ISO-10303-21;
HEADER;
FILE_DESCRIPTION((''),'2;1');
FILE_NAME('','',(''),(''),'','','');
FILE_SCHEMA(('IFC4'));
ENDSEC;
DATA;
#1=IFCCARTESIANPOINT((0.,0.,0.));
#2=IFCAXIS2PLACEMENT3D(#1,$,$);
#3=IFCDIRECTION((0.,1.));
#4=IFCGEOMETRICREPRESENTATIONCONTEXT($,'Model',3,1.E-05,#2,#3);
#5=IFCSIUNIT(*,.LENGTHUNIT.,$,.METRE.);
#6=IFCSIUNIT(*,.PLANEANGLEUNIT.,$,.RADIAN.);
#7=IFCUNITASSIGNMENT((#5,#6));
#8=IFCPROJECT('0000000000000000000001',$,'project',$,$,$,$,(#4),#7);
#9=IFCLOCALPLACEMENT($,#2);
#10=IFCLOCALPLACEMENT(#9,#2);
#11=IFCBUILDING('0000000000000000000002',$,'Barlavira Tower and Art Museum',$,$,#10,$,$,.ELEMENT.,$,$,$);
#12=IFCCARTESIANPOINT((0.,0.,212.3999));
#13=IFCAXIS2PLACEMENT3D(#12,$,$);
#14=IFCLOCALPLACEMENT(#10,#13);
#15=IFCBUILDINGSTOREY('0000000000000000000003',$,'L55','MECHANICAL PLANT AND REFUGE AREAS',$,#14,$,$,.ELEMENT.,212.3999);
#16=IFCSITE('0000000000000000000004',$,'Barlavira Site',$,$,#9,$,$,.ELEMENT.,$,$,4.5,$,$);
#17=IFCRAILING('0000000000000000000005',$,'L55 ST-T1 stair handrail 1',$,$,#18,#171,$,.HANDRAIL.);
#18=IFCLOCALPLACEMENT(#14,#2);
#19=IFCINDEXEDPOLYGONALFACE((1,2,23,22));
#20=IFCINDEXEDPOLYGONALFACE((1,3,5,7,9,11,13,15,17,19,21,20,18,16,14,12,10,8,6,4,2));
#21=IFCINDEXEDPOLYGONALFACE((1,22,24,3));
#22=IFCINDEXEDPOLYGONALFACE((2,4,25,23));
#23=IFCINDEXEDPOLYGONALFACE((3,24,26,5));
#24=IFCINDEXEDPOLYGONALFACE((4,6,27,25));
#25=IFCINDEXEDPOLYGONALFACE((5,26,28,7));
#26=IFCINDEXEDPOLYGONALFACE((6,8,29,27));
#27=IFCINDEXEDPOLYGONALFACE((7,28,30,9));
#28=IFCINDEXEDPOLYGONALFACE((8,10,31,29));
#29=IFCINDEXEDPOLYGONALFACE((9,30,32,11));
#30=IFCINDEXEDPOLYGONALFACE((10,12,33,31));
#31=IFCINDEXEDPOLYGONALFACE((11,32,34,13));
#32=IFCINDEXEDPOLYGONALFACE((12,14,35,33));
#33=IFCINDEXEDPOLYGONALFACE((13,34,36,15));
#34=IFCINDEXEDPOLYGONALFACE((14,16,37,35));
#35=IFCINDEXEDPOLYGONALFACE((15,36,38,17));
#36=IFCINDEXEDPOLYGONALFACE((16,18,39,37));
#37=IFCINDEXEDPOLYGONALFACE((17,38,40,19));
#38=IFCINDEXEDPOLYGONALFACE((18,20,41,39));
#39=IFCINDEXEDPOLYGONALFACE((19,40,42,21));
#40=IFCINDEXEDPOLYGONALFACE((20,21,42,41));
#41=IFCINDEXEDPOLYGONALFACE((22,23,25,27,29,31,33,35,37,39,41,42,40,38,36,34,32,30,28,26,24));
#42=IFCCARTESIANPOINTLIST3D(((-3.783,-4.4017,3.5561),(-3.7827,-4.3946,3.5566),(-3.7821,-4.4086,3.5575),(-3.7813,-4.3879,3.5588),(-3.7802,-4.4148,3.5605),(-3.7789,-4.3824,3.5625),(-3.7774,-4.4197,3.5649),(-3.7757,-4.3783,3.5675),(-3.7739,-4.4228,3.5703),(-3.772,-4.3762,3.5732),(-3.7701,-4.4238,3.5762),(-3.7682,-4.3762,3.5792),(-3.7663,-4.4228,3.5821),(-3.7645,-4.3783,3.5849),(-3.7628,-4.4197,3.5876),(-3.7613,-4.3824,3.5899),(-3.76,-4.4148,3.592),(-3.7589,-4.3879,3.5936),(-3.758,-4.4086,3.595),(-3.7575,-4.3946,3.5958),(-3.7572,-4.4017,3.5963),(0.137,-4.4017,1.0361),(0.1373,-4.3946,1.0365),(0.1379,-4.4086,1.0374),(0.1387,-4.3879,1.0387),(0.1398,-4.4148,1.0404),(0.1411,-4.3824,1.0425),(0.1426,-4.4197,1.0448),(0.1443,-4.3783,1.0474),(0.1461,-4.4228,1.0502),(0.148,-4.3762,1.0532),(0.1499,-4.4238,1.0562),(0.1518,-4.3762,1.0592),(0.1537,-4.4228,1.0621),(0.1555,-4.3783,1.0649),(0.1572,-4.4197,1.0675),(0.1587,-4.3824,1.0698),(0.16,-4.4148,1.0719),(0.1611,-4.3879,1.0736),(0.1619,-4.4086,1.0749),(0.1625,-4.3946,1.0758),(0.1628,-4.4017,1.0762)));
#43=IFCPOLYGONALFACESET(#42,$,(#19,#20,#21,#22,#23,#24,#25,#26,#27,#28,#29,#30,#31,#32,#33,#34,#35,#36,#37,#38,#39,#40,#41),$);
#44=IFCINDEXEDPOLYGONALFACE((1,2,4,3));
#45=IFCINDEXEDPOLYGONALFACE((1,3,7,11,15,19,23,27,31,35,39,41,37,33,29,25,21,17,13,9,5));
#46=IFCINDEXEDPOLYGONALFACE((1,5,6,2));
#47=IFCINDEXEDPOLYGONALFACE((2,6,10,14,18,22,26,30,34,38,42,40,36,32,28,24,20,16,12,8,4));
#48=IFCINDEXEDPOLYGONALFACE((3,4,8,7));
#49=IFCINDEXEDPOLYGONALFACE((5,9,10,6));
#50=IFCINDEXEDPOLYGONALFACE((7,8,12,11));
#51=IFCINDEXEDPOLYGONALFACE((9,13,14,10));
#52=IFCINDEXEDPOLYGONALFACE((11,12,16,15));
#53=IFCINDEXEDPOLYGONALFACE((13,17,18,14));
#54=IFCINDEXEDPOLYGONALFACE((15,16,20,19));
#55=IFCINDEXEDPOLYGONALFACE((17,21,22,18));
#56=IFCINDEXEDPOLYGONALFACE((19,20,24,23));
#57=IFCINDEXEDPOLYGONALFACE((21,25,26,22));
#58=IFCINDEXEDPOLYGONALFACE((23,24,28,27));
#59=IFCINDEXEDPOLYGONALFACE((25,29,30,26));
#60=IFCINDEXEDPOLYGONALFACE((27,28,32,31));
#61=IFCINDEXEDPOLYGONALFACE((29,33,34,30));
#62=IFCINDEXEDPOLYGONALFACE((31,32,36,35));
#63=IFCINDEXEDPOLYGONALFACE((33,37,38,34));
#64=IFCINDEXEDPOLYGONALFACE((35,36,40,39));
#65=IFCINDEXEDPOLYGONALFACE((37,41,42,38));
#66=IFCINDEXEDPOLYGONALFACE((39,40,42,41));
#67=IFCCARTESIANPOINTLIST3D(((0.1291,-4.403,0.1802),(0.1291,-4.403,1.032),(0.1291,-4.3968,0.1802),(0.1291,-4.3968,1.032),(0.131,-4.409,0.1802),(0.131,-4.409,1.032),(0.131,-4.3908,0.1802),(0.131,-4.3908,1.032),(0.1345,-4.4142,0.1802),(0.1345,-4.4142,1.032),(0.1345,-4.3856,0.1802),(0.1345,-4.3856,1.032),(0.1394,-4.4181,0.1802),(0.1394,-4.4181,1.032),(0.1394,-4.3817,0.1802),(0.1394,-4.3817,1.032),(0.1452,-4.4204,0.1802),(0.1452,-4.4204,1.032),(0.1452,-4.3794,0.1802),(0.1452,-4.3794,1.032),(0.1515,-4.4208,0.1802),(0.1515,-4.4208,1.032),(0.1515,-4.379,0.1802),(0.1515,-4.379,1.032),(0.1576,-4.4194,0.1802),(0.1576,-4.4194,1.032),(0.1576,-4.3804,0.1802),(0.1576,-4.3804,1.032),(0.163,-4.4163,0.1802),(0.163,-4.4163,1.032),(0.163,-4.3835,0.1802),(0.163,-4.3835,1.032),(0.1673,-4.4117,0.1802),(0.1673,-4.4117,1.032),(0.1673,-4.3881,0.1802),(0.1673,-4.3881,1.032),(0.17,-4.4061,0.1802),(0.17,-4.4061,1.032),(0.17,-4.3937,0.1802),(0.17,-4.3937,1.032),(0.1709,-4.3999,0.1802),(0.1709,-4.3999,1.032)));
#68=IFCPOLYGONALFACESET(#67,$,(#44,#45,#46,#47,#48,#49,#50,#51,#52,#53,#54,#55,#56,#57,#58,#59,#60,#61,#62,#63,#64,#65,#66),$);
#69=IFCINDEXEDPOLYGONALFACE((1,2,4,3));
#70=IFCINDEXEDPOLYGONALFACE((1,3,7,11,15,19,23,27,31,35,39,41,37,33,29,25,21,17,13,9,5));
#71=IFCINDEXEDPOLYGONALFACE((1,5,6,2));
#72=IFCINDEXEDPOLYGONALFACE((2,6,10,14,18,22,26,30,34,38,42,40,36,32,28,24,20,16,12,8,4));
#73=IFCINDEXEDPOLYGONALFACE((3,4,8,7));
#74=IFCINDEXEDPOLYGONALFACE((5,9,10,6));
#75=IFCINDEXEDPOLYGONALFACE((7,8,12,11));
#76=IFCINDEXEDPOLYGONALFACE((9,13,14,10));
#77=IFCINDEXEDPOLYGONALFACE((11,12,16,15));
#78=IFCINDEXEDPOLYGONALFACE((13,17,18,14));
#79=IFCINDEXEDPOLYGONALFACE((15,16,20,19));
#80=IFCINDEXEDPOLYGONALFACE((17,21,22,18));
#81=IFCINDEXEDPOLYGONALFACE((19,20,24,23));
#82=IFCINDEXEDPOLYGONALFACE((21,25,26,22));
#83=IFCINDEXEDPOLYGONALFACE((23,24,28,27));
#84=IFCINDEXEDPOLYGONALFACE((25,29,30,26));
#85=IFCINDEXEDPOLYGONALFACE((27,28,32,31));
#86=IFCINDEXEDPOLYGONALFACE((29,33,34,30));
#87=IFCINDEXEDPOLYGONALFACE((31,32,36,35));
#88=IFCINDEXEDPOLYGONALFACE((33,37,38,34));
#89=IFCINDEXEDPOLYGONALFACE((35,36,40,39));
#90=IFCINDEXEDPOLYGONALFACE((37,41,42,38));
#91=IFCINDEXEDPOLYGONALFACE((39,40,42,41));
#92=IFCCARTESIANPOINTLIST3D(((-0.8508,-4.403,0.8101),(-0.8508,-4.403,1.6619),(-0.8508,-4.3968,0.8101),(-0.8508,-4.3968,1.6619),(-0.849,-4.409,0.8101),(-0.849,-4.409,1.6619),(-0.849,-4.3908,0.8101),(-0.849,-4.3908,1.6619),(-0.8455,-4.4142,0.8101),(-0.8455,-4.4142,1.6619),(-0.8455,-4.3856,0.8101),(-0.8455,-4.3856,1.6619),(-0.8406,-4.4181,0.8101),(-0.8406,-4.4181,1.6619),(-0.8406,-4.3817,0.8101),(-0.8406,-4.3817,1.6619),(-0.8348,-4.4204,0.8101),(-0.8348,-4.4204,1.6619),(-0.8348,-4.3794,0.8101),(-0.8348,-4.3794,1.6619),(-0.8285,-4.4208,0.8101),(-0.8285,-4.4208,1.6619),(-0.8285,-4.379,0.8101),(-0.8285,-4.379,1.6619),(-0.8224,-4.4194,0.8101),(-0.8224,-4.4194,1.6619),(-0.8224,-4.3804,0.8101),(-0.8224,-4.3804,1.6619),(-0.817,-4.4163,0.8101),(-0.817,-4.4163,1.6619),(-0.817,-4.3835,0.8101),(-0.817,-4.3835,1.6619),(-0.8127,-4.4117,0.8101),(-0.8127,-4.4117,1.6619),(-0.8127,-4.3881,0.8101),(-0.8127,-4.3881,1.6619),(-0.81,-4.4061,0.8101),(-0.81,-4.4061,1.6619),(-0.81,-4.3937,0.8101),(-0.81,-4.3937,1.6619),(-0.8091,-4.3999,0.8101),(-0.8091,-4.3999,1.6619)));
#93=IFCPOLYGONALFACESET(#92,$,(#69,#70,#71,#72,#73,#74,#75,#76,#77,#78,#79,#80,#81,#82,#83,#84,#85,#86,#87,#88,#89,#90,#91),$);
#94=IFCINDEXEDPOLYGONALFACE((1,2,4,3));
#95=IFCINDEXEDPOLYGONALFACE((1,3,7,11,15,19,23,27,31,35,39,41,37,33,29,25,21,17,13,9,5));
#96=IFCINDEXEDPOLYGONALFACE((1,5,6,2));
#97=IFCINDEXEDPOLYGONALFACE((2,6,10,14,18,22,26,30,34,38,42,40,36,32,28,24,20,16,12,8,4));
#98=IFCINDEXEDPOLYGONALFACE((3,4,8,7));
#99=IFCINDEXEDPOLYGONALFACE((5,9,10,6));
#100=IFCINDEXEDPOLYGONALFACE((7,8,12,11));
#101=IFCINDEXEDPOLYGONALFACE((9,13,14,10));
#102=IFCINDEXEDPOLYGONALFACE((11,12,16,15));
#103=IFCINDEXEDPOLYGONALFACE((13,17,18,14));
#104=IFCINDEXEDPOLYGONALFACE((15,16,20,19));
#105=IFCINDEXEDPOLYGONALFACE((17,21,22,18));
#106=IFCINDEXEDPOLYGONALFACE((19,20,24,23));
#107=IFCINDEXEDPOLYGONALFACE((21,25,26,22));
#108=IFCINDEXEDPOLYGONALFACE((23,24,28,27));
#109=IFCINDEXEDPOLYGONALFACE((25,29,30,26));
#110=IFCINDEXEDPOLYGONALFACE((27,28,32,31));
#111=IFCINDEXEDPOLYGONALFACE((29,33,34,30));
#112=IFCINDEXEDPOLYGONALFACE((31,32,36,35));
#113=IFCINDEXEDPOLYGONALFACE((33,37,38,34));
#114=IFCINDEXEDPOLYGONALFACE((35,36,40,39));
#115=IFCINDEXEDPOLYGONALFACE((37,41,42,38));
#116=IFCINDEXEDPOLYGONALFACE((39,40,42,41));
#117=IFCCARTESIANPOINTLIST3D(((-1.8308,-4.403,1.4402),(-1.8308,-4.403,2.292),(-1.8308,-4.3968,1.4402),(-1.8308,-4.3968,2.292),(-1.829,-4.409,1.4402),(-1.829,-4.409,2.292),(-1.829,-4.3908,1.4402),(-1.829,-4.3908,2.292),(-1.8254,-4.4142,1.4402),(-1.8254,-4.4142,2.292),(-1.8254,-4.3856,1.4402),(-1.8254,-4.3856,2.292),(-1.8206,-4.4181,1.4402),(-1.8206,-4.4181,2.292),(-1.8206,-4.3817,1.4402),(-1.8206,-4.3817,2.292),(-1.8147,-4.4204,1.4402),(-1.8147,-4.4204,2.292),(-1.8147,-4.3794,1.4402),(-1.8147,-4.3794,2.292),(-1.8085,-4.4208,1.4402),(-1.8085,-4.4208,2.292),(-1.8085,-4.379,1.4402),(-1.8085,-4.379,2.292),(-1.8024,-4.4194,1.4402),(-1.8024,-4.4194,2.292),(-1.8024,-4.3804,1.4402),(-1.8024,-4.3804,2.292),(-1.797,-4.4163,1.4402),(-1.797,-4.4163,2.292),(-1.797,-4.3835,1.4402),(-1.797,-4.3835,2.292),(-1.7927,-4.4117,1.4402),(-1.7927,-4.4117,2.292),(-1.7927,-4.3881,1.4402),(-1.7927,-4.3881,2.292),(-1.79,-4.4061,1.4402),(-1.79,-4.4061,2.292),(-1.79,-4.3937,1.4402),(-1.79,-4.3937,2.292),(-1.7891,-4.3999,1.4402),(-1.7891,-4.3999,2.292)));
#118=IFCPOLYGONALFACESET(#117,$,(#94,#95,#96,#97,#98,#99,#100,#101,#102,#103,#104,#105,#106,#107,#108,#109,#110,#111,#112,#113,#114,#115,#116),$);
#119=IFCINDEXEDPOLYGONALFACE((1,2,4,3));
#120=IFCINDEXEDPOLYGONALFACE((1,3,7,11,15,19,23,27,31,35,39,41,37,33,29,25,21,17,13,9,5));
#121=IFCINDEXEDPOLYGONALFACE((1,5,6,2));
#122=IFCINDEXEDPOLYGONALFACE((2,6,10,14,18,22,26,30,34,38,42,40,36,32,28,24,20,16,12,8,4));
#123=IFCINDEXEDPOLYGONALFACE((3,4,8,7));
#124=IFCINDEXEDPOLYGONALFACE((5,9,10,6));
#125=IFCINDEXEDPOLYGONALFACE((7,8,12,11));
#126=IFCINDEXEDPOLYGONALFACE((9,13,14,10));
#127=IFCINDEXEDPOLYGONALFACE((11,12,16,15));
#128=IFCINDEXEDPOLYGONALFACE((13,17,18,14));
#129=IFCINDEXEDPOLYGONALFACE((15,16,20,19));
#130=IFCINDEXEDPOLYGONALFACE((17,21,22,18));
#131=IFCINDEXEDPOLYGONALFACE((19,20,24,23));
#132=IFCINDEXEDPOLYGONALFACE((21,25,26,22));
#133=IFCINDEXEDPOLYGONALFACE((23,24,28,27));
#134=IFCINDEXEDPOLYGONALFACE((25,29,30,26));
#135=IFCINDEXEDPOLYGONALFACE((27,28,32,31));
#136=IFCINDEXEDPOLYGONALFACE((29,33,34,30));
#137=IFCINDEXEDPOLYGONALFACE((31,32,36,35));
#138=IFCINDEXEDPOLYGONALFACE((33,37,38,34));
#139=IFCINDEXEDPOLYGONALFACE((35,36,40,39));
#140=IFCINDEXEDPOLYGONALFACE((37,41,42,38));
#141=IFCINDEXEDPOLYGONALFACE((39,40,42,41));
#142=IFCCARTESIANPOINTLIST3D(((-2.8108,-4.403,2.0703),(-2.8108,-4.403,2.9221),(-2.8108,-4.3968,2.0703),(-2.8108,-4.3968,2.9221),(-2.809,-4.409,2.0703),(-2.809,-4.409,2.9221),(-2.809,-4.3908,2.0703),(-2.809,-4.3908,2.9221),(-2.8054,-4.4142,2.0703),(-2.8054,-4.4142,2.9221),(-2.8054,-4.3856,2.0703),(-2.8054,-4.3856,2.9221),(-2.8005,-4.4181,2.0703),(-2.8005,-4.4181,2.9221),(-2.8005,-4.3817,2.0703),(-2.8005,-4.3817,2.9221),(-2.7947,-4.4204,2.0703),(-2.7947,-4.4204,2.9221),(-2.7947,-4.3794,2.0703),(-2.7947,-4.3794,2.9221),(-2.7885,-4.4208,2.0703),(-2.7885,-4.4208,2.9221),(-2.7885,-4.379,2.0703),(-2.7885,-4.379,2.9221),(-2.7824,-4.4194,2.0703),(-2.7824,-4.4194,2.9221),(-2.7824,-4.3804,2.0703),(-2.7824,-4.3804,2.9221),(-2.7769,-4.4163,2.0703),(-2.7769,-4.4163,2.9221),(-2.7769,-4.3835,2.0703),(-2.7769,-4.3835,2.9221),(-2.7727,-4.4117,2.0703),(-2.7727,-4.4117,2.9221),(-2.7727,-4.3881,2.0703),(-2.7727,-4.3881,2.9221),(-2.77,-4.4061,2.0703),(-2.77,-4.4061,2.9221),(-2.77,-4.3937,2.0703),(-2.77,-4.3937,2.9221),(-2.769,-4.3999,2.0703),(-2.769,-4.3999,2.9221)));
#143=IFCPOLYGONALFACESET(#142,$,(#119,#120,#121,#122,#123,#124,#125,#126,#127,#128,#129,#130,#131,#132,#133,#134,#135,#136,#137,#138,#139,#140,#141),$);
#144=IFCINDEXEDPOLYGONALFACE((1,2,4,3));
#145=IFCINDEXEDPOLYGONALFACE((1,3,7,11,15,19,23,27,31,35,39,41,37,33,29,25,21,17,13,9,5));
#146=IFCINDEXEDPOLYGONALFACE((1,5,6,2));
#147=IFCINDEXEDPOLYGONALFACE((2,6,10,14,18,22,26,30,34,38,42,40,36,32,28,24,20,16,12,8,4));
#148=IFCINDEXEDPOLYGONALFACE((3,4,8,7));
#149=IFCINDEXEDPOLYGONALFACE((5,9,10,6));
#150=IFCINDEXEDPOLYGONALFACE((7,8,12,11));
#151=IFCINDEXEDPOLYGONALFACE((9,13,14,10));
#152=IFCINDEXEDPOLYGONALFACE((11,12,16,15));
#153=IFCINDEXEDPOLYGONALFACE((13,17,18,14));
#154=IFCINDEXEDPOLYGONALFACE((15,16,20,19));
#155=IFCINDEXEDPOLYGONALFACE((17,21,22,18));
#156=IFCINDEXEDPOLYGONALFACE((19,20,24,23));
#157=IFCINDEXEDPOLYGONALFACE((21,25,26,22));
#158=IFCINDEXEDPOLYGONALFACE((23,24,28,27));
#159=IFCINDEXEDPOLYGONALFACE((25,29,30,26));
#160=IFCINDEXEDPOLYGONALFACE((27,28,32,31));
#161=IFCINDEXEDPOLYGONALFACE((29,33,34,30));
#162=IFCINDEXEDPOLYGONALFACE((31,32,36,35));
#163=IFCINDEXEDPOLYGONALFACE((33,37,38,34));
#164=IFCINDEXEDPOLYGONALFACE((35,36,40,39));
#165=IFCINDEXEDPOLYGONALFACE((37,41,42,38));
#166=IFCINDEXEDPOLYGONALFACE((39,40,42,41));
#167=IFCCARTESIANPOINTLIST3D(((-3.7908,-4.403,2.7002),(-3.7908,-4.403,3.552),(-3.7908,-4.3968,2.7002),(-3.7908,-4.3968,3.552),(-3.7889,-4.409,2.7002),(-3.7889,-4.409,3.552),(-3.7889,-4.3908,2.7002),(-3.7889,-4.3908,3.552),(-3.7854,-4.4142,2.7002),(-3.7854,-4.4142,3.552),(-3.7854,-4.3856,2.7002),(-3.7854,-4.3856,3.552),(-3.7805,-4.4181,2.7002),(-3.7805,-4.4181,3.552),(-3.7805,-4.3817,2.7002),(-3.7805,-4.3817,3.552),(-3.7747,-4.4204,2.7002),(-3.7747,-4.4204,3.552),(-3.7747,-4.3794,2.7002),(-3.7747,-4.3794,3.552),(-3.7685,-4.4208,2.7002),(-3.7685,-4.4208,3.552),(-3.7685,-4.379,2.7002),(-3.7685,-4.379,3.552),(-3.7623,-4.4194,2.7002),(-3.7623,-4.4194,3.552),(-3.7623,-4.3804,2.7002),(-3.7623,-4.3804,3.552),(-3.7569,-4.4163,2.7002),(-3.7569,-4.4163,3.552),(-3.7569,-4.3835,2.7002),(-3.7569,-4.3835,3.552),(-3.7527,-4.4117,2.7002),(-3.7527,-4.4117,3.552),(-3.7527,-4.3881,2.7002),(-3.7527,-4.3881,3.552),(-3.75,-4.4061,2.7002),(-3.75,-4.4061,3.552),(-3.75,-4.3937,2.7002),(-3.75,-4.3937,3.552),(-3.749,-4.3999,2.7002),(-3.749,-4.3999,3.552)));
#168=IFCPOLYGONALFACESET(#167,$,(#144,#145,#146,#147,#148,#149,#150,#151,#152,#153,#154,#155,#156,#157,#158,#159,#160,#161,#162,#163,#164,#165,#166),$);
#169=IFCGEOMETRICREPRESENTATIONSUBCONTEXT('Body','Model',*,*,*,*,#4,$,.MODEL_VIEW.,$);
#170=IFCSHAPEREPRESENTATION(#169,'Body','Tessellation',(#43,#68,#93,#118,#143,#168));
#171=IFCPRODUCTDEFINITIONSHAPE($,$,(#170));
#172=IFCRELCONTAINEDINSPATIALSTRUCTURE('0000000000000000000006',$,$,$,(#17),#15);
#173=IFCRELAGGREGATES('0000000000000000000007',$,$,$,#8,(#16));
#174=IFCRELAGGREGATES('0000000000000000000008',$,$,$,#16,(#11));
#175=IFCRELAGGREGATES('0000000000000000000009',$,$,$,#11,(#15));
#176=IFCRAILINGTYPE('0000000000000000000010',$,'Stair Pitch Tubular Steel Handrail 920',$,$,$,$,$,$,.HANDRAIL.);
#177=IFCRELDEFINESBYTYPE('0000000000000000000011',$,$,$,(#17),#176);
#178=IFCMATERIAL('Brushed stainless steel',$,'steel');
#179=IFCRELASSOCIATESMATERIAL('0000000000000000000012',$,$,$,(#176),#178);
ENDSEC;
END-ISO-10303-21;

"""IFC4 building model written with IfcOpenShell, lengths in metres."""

from ifc_helpers import new_model, si_unit, direction, frame, origin, origin_2d, place, context, subcontext, project, spatial, circle, extrude, material, type_object, element, save


model = new_model("IFC4")

# Units and contexts
model_context = context("Model", 3, precision=1e-05, world=origin(), true_north=direction((0.0, 1.0)))
body_context = subcontext(model_context, "Body", "Model", "MODEL_VIEW")
ifc_project = project(units=[si_unit("LENGTHUNIT", "METRE"), si_unit("PLANEANGLEUNIT", "RADIAN")], contexts=[model_context])

# Site, building, storey
site_placement = place(None, origin())
site = spatial("IfcSite", under=ifc_project, at=site_placement, Name="Barlavira Site", CompositionType="ELEMENT", RefElevation=4.5)
building_placement = place(site_placement, origin())
building = spatial("IfcBuilding", under=site, at=building_placement, Name="Barlavira Tower and Art Museum", CompositionType="ELEMENT")
storey_placement = place(building_placement, frame((0.0, 0.0, 212.3999)))
storey = spatial("IfcBuildingStorey", under=building, at=storey_placement, Name="L55", Description="MECHANICAL PLANT AND REFUGE AREAS", CompositionType="ELEMENT", Elevation=212.3999)

# Shared definitions
ifc_material_1 = material(Name="Brushed stainless steel", Category="steel")

# Railing
railing_type_1 = type_object("IfcRailingType", Name="Stair Pitch Tubular Steel Handrail 920", PredefinedType="HANDRAIL", material=ifc_material_1)
railing_1_placement = place(storey_placement, frame((0.1499, -4.3999, 0.1802)))
element("IfcRailing", 1, at=railing_1_placement, inside=storey, type_object=railing_type_1, Name="L55 ST-T1 stair handrail 1", PredefinedType="HANDRAIL", context=body_context, shape_type="SweptSolid", body=[
    extrude(circle(Radius=0.0239, at=origin_2d()), frame((0.0, 0.0, 0.876), z_axis=(-0.841172, 0.0, 0.540768), x_axis=(0.0, -1.0, 0.0)), (0.0, 0.0, 1.0), 4.6602),
    extrude(circle(Radius=0.021, at=origin_2d()), origin(), (0.0, 0.0, 1.0), 0.8518),
    extrude(circle(Radius=0.021, at=origin_2d()), frame((-0.98, 0.0, 0.6299)), (0.0, 0.0, 1.0), 0.8518),
    extrude(circle(Radius=0.021, at=origin_2d()), frame((-1.96, 0.0, 1.26)), (0.0, 0.0, 1.0), 0.8518),
    extrude(circle(Radius=0.021, at=origin_2d()), frame((-2.9399, 0.0, 1.8901)), (0.0, 0.0, 1.0), 0.8518),
    extrude(circle(Radius=0.021, at=origin_2d()), frame((-3.9199, 0.0, 2.52)), (0.0, 0.0, 1.0), 0.8518),
])

save(model, "model.ifc")
